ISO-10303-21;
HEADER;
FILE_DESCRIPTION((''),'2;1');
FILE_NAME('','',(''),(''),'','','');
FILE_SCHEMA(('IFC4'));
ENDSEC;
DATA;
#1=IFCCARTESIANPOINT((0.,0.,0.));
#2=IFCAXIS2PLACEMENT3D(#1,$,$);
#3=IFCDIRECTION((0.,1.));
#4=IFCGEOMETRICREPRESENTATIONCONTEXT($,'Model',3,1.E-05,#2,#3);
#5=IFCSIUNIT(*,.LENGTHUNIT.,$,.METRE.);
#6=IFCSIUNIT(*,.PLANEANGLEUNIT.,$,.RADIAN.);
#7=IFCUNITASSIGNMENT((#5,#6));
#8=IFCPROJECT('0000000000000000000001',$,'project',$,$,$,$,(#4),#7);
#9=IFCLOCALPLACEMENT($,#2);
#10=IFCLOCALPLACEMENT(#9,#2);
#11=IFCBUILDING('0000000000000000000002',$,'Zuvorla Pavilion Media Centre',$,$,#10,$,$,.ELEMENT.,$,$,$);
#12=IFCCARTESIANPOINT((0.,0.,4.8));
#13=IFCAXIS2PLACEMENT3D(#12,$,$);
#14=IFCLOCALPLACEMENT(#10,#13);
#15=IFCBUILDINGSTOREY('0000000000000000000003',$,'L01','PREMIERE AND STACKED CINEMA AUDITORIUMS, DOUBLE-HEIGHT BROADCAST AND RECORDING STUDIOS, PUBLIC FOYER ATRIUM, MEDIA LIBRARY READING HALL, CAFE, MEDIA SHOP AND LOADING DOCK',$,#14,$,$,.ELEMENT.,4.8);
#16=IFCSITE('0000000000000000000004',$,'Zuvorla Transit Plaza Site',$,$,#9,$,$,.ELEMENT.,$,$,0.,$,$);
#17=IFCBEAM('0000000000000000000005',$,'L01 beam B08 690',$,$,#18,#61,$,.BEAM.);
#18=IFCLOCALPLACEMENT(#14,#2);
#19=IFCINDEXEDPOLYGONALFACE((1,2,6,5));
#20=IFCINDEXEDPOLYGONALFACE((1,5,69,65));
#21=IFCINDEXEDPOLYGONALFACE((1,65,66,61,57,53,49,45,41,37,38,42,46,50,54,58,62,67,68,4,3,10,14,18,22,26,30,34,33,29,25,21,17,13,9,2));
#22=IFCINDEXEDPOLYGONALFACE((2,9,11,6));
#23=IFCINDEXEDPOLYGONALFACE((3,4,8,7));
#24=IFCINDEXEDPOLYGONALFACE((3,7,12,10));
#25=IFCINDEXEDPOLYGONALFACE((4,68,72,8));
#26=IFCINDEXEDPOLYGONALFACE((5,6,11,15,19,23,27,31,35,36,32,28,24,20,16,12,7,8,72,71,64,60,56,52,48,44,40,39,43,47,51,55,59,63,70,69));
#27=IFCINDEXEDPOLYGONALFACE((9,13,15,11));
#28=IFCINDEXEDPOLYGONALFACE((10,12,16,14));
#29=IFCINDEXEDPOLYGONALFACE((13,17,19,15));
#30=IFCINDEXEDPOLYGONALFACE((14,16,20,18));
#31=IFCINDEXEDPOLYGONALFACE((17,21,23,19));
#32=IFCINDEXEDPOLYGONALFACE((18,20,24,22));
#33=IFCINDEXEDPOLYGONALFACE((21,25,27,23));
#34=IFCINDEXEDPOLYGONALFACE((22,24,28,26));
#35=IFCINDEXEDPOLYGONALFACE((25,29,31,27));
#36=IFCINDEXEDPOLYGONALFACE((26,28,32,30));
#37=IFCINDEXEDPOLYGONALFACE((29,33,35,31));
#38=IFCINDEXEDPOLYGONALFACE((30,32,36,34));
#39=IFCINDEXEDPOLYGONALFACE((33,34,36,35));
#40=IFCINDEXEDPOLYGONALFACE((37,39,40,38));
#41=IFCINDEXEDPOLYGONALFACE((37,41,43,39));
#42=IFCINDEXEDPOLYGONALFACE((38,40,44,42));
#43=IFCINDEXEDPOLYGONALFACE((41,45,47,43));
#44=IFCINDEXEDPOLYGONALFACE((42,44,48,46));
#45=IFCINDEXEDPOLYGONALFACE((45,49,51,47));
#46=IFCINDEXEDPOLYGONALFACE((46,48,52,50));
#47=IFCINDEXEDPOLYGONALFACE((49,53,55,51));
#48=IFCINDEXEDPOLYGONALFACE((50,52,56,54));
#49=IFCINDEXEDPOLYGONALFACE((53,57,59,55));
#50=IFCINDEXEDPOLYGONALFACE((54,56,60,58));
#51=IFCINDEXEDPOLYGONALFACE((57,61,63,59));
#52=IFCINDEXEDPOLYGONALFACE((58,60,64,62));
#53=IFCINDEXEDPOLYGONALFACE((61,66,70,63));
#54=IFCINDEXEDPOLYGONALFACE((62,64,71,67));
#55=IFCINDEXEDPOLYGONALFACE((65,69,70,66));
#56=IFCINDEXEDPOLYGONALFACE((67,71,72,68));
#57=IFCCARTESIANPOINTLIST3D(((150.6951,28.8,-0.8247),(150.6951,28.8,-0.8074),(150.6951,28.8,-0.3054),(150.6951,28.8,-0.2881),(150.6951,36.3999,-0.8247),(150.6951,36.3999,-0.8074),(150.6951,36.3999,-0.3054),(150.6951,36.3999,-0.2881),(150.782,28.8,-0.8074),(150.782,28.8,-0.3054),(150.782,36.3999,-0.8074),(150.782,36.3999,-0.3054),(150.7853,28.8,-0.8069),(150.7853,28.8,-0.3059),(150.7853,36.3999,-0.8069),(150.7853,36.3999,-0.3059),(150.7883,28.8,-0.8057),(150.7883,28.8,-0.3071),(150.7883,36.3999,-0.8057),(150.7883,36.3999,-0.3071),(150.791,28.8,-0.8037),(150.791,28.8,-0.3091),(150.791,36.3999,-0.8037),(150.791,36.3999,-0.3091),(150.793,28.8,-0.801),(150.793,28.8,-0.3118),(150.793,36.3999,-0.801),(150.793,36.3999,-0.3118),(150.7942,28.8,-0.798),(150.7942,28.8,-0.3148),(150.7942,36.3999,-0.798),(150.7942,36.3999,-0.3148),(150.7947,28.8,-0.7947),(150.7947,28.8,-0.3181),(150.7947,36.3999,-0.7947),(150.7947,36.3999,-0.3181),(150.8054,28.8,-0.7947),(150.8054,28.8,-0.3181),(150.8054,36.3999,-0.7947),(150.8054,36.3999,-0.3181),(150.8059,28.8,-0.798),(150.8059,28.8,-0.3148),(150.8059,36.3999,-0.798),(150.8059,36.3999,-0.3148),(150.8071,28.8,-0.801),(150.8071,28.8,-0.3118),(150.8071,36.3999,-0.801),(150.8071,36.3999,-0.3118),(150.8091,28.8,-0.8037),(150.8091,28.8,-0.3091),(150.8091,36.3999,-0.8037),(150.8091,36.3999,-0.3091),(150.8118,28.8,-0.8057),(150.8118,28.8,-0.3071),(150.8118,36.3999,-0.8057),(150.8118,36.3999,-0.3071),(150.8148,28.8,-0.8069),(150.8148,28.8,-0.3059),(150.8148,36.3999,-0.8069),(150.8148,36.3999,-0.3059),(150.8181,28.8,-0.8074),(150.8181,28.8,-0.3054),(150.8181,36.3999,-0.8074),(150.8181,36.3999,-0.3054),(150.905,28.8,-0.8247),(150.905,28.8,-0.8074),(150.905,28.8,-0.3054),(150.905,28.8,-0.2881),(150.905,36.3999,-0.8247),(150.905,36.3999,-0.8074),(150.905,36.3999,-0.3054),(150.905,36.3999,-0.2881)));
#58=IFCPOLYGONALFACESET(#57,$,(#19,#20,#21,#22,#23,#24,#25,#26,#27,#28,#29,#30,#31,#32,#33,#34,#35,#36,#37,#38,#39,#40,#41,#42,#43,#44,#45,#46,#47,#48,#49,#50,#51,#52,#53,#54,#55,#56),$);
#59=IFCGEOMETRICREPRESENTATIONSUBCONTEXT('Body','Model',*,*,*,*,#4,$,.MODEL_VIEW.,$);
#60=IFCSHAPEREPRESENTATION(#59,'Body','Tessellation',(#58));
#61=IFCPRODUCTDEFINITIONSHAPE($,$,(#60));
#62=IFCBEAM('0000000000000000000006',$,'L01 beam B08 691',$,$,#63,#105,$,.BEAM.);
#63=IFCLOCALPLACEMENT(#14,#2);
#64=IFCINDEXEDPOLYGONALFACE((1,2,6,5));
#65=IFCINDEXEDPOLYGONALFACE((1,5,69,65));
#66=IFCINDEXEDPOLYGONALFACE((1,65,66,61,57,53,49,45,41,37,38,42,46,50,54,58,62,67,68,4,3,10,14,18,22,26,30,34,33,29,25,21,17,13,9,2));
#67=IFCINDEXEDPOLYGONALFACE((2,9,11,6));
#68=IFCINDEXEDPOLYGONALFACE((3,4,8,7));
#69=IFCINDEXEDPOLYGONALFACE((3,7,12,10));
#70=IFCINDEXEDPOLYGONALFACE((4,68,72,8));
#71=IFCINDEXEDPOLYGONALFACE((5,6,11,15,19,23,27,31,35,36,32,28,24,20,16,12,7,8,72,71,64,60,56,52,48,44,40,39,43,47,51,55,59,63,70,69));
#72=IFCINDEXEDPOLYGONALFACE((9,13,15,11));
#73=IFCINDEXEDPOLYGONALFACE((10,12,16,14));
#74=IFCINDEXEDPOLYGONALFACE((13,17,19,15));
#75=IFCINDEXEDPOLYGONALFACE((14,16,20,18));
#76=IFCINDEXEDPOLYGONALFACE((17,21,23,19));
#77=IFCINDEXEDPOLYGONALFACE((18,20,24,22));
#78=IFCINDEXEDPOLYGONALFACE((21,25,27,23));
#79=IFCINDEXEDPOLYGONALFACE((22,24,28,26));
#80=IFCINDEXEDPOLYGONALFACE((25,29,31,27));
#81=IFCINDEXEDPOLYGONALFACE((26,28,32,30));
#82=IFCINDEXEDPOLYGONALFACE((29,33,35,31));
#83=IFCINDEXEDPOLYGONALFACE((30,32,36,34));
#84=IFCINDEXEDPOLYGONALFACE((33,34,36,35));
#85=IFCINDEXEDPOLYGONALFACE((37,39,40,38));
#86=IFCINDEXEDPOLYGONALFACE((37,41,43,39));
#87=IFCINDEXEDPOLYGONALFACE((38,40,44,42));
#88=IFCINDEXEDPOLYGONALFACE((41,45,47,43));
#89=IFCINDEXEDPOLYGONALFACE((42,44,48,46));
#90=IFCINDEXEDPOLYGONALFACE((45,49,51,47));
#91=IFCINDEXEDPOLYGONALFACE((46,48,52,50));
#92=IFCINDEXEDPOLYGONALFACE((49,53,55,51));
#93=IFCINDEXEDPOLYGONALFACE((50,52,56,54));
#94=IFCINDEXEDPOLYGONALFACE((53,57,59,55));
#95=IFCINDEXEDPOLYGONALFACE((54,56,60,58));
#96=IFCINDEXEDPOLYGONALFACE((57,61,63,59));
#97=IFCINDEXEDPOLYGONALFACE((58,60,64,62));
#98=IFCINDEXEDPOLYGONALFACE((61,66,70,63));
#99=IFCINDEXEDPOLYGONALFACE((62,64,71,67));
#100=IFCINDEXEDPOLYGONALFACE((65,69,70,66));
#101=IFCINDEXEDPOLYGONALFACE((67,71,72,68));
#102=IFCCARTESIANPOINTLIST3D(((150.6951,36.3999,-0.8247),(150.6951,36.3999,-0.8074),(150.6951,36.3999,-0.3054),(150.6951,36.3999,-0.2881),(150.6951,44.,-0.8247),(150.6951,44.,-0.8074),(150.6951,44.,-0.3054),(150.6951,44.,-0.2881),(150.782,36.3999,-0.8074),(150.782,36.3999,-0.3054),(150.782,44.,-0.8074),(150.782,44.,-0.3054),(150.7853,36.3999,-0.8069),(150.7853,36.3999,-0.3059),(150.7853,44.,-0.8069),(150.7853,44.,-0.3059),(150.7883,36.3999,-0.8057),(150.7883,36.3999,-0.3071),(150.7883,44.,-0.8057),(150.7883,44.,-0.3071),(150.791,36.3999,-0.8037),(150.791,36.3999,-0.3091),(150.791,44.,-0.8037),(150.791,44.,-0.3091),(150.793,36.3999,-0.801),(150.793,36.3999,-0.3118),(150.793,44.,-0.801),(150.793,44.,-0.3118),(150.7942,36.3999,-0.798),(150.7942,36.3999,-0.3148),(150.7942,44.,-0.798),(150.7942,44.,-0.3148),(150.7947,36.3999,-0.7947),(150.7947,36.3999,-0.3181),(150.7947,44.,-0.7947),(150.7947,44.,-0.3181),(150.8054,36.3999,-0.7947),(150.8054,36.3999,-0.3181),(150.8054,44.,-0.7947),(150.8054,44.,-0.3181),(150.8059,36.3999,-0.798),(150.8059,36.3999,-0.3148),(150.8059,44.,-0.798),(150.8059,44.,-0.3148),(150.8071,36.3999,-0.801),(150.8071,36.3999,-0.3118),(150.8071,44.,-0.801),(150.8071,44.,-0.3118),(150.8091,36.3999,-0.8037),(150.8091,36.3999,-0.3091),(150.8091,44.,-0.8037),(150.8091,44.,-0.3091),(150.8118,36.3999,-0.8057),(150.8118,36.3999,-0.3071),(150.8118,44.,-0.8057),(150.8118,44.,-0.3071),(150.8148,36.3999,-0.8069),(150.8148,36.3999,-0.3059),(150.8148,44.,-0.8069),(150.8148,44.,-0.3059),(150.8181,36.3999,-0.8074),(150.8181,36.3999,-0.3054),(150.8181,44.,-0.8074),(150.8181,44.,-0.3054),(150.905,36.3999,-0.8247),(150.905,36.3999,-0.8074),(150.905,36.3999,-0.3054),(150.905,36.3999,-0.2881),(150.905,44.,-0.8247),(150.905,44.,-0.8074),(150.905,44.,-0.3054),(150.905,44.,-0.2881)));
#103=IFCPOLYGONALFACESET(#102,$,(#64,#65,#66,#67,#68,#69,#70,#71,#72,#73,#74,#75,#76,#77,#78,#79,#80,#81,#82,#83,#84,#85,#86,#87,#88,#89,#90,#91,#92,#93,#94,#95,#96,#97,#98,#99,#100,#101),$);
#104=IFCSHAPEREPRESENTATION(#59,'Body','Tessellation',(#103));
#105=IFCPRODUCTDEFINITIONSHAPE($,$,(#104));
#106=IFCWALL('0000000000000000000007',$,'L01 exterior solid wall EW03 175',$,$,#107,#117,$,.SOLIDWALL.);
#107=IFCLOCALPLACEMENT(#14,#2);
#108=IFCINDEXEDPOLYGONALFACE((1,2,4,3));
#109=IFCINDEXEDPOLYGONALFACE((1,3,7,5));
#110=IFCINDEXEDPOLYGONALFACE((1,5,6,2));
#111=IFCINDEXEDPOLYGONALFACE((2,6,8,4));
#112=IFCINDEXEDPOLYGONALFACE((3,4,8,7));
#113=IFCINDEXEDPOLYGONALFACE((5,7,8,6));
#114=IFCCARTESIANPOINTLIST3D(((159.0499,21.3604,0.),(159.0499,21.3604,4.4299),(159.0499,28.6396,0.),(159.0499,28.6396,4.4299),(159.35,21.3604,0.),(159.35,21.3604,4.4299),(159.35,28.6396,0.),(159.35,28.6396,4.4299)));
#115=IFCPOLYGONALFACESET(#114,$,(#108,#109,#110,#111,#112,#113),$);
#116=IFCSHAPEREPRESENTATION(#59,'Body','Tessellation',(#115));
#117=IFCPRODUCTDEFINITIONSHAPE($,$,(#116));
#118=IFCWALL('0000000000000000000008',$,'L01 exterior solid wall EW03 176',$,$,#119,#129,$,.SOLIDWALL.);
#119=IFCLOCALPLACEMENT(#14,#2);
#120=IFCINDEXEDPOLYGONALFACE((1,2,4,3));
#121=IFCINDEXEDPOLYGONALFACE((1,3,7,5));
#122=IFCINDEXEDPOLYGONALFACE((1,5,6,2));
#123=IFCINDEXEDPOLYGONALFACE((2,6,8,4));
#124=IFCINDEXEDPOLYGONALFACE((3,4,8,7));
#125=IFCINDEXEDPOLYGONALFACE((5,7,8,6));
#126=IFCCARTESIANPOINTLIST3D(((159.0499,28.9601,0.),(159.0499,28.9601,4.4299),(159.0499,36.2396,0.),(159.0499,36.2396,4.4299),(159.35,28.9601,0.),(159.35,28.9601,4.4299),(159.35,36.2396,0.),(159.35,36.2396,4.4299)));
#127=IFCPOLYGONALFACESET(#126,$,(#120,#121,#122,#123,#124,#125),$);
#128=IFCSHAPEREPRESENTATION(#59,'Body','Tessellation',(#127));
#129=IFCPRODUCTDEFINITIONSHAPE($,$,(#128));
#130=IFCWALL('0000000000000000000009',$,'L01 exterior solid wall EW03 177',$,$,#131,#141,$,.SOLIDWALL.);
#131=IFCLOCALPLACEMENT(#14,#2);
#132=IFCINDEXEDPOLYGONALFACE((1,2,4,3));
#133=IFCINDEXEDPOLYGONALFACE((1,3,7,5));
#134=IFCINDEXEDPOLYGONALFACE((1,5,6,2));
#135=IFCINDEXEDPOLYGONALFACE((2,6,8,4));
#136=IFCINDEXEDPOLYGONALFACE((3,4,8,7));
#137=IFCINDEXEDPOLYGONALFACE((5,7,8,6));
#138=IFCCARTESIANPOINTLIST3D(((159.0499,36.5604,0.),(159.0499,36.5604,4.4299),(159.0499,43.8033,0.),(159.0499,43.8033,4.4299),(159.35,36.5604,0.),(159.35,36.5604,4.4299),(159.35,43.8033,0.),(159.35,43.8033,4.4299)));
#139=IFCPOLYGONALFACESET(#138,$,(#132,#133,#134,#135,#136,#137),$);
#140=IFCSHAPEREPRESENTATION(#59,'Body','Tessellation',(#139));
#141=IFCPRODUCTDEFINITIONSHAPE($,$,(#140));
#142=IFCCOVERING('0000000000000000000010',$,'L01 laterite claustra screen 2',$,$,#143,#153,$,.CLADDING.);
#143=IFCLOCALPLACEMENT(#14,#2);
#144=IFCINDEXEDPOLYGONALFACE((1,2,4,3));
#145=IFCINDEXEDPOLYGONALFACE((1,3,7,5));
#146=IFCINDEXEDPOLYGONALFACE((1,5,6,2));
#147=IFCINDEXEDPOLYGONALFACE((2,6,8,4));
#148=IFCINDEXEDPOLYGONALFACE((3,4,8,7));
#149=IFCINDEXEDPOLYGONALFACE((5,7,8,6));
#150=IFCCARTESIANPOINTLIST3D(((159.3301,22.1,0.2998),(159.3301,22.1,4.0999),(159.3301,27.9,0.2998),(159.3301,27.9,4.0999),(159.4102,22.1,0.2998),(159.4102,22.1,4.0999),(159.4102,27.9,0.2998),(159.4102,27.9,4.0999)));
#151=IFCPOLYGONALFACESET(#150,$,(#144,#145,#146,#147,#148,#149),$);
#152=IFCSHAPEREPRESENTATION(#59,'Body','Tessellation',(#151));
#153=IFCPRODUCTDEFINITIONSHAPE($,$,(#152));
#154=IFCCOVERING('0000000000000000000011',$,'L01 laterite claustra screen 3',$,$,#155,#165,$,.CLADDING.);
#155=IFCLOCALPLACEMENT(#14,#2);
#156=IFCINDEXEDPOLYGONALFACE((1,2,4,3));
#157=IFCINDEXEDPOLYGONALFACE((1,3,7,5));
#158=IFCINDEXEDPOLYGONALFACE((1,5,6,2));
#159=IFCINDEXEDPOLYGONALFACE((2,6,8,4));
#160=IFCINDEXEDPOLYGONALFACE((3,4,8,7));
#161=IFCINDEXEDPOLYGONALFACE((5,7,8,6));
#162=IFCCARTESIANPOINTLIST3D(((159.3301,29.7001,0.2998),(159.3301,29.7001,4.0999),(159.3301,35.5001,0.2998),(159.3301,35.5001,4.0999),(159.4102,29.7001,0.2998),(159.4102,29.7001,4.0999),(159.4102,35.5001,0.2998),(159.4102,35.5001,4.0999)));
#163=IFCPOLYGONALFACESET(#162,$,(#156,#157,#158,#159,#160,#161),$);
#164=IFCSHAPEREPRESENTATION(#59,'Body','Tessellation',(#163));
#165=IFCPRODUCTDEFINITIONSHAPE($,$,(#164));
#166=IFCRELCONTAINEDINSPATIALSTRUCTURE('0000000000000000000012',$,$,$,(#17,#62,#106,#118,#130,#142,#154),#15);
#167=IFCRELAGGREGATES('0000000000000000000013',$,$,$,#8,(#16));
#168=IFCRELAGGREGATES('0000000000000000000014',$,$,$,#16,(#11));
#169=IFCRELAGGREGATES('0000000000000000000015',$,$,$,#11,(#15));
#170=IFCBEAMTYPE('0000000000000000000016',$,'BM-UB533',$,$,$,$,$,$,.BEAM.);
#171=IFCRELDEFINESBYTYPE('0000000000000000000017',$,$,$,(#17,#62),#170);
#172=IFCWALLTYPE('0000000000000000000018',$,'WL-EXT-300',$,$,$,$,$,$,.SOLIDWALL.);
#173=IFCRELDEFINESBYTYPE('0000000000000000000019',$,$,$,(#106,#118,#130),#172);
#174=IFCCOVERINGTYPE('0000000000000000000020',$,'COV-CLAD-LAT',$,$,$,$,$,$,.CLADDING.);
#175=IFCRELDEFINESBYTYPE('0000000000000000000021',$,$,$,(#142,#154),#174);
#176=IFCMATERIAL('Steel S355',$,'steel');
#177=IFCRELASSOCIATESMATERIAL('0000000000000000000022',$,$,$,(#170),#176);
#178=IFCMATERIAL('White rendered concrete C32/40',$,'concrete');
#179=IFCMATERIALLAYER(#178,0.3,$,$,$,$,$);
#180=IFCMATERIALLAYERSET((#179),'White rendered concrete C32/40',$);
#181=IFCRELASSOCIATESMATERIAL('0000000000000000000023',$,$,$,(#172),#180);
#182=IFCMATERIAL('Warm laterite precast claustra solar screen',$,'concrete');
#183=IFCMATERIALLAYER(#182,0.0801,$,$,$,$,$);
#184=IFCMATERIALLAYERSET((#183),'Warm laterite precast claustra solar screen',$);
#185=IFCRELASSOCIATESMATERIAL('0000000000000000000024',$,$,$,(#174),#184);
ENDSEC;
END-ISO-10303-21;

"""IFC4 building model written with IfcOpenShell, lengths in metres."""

from ifc_helpers import new_model, si_unit, direction, frame, frame_2d, origin, origin_2d, place, context, subcontext, project, spatial, rectangle, i_section, extrude, material, layer, layer_set, material_profile, profile_set, type_object, element, save


model = new_model("IFC4")

# Units and contexts
model_context = context("Model", 3, precision=1e-05, world=origin(), true_north=direction((0.0, 1.0)))
body_context = subcontext(model_context, "Body", "Model", "MODEL_VIEW")
ifc_project = project(units=[si_unit("LENGTHUNIT", "METRE"), si_unit("PLANEANGLEUNIT", "RADIAN")], contexts=[model_context])

# Site, building, storey
site_placement = place(None, origin())
site = spatial("IfcSite", under=ifc_project, at=site_placement, Name="Zuvorla Transit Plaza Site", CompositionType="ELEMENT", RefElevation=0.0)
building_placement = place(site_placement, origin())
building = spatial("IfcBuilding", under=site, at=building_placement, Name="Zuvorla Pavilion Media Centre", CompositionType="ELEMENT")
storey_placement = place(building_placement, frame((0.0, 0.0, 4.8)))
storey = spatial("IfcBuildingStorey", under=building, at=storey_placement, Name="L01", Description="PREMIERE AND STACKED CINEMA AUDITORIUMS, DOUBLE-HEIGHT BROADCAST AND RECORDING STUDIOS, PUBLIC FOYER ATRIUM, MEDIA LIBRARY READING HALL, CAFE, MEDIA SHOP AND LOADING DOCK", CompositionType="ELEMENT", Elevation=4.8)

# Shared definitions
ifc_material_1 = material(Name="Steel S355", Category="steel")

# Beams
ifc_material_profile_1 = material_profile(ifc_material_1, i_section(OverallWidth=0.21, OverallDepth=0.5366, WebThickness=0.0107, FlangeThickness=0.0173, FilletRadius=0.0127, at=origin_2d()), Name="UB 533x210x101")
ifc_profile_set_1 = profile_set([ifc_material_profile_1], Name="Steel S355")
beam_type_1 = type_object("IfcBeamType", Name="BM-UB533", PredefinedType="BEAM", material=ifc_profile_set_1)
beam_1_placement = place(storey_placement, frame((150.8, 28.8, -0.5564), z_axis=(0.0, 1.0, 0.0), x_axis=(-1.0, 0.0, 0.0)))
element("IfcBeam", 1, at=beam_1_placement, inside=storey, type_object=beam_type_1, Name="L01 beam B08 690", PredefinedType="BEAM", context=body_context, shape_type="SweptSolid", body=[
    extrude(i_section(OverallWidth=0.21, OverallDepth=0.5366, WebThickness=0.0107, FlangeThickness=0.0173, FilletRadius=0.0127, at=origin_2d()), origin(), (0.0, 0.0, 1.0), 7.5999),
])
beam_2_placement = place(storey_placement, frame((150.8, 36.3999, -0.5564), z_axis=(0.0, 1.0, 0.0), x_axis=(-1.0, 0.0, 0.0)))
element("IfcBeam", 2, at=beam_2_placement, inside=storey, type_object=beam_type_1, Name="L01 beam B08 691", PredefinedType="BEAM", context=body_context, shape_type="SweptSolid", body=[
    extrude(i_section(OverallWidth=0.21, OverallDepth=0.5366, WebThickness=0.0107, FlangeThickness=0.0173, FilletRadius=0.0127, at=origin_2d()), origin(), (0.0, 0.0, 1.0), 7.6001),
])

# Walls
ifc_material_2 = material(Name="White rendered concrete C32/40", Category="concrete")
ifc_layer_1 = layer(ifc_material_2, 0.3)
ifc_layer_set_1 = layer_set([ifc_layer_1], Name="White rendered concrete C32/40")
wall_type = type_object("IfcWallType", Name="WL-EXT-300", PredefinedType="SOLIDWALL", material=ifc_layer_set_1)
wall_1_placement = place(storey_placement, frame((159.2, 21.3604, 0.0), z_axis=(0.0, 0.0, 1.0), x_axis=(0.0, 1.0, 0.0)))
element("IfcWall", 3, at=wall_1_placement, inside=storey, type_object=wall_type, Name="L01 exterior solid wall EW03 175", PredefinedType="SOLIDWALL", context=body_context, shape_type="SweptSolid", body=[
    extrude(rectangle(XDim=7.2793, YDim=0.3, at=frame_2d((3.6396, 0.0))), origin(), (0.0, 0.0, 1.0), 4.4299),
])
wall_2_placement = place(storey_placement, frame((159.2, 28.9602, 0.0), z_axis=(0.0, 0.0, 1.0), x_axis=(0.0, 1.0, 0.0)))
element("IfcWall", 4, at=wall_2_placement, inside=storey, type_object=wall_type, Name="L01 exterior solid wall EW03 176", PredefinedType="SOLIDWALL", context=body_context, shape_type="SweptSolid", body=[
    extrude(rectangle(XDim=7.2795, YDim=0.3, at=frame_2d((3.6396, 0.0))), origin(), (0.0, 0.0, 1.0), 4.4299),
])
wall_3_placement = place(storey_placement, frame((159.2, 36.5603, 0.0), z_axis=(0.0, 0.0, 1.0), x_axis=(0.0, 1.0, 0.0)))
element("IfcWall", 5, at=wall_3_placement, inside=storey, type_object=wall_type, Name="L01 exterior solid wall EW03 177", PredefinedType="SOLIDWALL", context=body_context, shape_type="SweptSolid", body=[
    extrude(rectangle(XDim=7.2429, YDim=0.3, at=frame_2d((3.6216, 0.0))), origin(), (0.0, 0.0, 1.0), 4.4299),
])

# Coverings
ifc_material_3 = material(Name="Warm laterite precast claustra solar screen", Category="concrete")
ifc_layer_2 = layer(ifc_material_3, 0.0801)
ifc_layer_set_2 = layer_set([ifc_layer_2], Name="Warm laterite precast claustra solar screen")
covering_type = type_object("IfcCoveringType", Name="COV-CLAD-LAT", PredefinedType="CLADDING", material=ifc_layer_set_2)
for number, where, z_axis, x_axis, name in (
    (6, (159.3701, 25.0, 0.2998), (0.0, 0.0, 1.0), (1.0, 0.0, 0.0), "L01 laterite claustra screen 2"),
    (7, (159.3701, 32.6001, 0.2998), (0.0, 0.0, 1.0), (1.0, 0.0, 0.0), "L01 laterite claustra screen 3"),
):
    element("IfcCovering", number, at=place(storey_placement, frame(where, z_axis=z_axis, x_axis=x_axis)), inside=storey, type_object=covering_type, Name=name, PredefinedType="CLADDING", context=body_context, shape_type="SweptSolid", body=[
        extrude(rectangle(XDim=0.0801, YDim=5.8, at=origin_2d()), origin(), (0.0, 0.0, 1.0), 3.8),
    ])

save(model, "model.ifc")
